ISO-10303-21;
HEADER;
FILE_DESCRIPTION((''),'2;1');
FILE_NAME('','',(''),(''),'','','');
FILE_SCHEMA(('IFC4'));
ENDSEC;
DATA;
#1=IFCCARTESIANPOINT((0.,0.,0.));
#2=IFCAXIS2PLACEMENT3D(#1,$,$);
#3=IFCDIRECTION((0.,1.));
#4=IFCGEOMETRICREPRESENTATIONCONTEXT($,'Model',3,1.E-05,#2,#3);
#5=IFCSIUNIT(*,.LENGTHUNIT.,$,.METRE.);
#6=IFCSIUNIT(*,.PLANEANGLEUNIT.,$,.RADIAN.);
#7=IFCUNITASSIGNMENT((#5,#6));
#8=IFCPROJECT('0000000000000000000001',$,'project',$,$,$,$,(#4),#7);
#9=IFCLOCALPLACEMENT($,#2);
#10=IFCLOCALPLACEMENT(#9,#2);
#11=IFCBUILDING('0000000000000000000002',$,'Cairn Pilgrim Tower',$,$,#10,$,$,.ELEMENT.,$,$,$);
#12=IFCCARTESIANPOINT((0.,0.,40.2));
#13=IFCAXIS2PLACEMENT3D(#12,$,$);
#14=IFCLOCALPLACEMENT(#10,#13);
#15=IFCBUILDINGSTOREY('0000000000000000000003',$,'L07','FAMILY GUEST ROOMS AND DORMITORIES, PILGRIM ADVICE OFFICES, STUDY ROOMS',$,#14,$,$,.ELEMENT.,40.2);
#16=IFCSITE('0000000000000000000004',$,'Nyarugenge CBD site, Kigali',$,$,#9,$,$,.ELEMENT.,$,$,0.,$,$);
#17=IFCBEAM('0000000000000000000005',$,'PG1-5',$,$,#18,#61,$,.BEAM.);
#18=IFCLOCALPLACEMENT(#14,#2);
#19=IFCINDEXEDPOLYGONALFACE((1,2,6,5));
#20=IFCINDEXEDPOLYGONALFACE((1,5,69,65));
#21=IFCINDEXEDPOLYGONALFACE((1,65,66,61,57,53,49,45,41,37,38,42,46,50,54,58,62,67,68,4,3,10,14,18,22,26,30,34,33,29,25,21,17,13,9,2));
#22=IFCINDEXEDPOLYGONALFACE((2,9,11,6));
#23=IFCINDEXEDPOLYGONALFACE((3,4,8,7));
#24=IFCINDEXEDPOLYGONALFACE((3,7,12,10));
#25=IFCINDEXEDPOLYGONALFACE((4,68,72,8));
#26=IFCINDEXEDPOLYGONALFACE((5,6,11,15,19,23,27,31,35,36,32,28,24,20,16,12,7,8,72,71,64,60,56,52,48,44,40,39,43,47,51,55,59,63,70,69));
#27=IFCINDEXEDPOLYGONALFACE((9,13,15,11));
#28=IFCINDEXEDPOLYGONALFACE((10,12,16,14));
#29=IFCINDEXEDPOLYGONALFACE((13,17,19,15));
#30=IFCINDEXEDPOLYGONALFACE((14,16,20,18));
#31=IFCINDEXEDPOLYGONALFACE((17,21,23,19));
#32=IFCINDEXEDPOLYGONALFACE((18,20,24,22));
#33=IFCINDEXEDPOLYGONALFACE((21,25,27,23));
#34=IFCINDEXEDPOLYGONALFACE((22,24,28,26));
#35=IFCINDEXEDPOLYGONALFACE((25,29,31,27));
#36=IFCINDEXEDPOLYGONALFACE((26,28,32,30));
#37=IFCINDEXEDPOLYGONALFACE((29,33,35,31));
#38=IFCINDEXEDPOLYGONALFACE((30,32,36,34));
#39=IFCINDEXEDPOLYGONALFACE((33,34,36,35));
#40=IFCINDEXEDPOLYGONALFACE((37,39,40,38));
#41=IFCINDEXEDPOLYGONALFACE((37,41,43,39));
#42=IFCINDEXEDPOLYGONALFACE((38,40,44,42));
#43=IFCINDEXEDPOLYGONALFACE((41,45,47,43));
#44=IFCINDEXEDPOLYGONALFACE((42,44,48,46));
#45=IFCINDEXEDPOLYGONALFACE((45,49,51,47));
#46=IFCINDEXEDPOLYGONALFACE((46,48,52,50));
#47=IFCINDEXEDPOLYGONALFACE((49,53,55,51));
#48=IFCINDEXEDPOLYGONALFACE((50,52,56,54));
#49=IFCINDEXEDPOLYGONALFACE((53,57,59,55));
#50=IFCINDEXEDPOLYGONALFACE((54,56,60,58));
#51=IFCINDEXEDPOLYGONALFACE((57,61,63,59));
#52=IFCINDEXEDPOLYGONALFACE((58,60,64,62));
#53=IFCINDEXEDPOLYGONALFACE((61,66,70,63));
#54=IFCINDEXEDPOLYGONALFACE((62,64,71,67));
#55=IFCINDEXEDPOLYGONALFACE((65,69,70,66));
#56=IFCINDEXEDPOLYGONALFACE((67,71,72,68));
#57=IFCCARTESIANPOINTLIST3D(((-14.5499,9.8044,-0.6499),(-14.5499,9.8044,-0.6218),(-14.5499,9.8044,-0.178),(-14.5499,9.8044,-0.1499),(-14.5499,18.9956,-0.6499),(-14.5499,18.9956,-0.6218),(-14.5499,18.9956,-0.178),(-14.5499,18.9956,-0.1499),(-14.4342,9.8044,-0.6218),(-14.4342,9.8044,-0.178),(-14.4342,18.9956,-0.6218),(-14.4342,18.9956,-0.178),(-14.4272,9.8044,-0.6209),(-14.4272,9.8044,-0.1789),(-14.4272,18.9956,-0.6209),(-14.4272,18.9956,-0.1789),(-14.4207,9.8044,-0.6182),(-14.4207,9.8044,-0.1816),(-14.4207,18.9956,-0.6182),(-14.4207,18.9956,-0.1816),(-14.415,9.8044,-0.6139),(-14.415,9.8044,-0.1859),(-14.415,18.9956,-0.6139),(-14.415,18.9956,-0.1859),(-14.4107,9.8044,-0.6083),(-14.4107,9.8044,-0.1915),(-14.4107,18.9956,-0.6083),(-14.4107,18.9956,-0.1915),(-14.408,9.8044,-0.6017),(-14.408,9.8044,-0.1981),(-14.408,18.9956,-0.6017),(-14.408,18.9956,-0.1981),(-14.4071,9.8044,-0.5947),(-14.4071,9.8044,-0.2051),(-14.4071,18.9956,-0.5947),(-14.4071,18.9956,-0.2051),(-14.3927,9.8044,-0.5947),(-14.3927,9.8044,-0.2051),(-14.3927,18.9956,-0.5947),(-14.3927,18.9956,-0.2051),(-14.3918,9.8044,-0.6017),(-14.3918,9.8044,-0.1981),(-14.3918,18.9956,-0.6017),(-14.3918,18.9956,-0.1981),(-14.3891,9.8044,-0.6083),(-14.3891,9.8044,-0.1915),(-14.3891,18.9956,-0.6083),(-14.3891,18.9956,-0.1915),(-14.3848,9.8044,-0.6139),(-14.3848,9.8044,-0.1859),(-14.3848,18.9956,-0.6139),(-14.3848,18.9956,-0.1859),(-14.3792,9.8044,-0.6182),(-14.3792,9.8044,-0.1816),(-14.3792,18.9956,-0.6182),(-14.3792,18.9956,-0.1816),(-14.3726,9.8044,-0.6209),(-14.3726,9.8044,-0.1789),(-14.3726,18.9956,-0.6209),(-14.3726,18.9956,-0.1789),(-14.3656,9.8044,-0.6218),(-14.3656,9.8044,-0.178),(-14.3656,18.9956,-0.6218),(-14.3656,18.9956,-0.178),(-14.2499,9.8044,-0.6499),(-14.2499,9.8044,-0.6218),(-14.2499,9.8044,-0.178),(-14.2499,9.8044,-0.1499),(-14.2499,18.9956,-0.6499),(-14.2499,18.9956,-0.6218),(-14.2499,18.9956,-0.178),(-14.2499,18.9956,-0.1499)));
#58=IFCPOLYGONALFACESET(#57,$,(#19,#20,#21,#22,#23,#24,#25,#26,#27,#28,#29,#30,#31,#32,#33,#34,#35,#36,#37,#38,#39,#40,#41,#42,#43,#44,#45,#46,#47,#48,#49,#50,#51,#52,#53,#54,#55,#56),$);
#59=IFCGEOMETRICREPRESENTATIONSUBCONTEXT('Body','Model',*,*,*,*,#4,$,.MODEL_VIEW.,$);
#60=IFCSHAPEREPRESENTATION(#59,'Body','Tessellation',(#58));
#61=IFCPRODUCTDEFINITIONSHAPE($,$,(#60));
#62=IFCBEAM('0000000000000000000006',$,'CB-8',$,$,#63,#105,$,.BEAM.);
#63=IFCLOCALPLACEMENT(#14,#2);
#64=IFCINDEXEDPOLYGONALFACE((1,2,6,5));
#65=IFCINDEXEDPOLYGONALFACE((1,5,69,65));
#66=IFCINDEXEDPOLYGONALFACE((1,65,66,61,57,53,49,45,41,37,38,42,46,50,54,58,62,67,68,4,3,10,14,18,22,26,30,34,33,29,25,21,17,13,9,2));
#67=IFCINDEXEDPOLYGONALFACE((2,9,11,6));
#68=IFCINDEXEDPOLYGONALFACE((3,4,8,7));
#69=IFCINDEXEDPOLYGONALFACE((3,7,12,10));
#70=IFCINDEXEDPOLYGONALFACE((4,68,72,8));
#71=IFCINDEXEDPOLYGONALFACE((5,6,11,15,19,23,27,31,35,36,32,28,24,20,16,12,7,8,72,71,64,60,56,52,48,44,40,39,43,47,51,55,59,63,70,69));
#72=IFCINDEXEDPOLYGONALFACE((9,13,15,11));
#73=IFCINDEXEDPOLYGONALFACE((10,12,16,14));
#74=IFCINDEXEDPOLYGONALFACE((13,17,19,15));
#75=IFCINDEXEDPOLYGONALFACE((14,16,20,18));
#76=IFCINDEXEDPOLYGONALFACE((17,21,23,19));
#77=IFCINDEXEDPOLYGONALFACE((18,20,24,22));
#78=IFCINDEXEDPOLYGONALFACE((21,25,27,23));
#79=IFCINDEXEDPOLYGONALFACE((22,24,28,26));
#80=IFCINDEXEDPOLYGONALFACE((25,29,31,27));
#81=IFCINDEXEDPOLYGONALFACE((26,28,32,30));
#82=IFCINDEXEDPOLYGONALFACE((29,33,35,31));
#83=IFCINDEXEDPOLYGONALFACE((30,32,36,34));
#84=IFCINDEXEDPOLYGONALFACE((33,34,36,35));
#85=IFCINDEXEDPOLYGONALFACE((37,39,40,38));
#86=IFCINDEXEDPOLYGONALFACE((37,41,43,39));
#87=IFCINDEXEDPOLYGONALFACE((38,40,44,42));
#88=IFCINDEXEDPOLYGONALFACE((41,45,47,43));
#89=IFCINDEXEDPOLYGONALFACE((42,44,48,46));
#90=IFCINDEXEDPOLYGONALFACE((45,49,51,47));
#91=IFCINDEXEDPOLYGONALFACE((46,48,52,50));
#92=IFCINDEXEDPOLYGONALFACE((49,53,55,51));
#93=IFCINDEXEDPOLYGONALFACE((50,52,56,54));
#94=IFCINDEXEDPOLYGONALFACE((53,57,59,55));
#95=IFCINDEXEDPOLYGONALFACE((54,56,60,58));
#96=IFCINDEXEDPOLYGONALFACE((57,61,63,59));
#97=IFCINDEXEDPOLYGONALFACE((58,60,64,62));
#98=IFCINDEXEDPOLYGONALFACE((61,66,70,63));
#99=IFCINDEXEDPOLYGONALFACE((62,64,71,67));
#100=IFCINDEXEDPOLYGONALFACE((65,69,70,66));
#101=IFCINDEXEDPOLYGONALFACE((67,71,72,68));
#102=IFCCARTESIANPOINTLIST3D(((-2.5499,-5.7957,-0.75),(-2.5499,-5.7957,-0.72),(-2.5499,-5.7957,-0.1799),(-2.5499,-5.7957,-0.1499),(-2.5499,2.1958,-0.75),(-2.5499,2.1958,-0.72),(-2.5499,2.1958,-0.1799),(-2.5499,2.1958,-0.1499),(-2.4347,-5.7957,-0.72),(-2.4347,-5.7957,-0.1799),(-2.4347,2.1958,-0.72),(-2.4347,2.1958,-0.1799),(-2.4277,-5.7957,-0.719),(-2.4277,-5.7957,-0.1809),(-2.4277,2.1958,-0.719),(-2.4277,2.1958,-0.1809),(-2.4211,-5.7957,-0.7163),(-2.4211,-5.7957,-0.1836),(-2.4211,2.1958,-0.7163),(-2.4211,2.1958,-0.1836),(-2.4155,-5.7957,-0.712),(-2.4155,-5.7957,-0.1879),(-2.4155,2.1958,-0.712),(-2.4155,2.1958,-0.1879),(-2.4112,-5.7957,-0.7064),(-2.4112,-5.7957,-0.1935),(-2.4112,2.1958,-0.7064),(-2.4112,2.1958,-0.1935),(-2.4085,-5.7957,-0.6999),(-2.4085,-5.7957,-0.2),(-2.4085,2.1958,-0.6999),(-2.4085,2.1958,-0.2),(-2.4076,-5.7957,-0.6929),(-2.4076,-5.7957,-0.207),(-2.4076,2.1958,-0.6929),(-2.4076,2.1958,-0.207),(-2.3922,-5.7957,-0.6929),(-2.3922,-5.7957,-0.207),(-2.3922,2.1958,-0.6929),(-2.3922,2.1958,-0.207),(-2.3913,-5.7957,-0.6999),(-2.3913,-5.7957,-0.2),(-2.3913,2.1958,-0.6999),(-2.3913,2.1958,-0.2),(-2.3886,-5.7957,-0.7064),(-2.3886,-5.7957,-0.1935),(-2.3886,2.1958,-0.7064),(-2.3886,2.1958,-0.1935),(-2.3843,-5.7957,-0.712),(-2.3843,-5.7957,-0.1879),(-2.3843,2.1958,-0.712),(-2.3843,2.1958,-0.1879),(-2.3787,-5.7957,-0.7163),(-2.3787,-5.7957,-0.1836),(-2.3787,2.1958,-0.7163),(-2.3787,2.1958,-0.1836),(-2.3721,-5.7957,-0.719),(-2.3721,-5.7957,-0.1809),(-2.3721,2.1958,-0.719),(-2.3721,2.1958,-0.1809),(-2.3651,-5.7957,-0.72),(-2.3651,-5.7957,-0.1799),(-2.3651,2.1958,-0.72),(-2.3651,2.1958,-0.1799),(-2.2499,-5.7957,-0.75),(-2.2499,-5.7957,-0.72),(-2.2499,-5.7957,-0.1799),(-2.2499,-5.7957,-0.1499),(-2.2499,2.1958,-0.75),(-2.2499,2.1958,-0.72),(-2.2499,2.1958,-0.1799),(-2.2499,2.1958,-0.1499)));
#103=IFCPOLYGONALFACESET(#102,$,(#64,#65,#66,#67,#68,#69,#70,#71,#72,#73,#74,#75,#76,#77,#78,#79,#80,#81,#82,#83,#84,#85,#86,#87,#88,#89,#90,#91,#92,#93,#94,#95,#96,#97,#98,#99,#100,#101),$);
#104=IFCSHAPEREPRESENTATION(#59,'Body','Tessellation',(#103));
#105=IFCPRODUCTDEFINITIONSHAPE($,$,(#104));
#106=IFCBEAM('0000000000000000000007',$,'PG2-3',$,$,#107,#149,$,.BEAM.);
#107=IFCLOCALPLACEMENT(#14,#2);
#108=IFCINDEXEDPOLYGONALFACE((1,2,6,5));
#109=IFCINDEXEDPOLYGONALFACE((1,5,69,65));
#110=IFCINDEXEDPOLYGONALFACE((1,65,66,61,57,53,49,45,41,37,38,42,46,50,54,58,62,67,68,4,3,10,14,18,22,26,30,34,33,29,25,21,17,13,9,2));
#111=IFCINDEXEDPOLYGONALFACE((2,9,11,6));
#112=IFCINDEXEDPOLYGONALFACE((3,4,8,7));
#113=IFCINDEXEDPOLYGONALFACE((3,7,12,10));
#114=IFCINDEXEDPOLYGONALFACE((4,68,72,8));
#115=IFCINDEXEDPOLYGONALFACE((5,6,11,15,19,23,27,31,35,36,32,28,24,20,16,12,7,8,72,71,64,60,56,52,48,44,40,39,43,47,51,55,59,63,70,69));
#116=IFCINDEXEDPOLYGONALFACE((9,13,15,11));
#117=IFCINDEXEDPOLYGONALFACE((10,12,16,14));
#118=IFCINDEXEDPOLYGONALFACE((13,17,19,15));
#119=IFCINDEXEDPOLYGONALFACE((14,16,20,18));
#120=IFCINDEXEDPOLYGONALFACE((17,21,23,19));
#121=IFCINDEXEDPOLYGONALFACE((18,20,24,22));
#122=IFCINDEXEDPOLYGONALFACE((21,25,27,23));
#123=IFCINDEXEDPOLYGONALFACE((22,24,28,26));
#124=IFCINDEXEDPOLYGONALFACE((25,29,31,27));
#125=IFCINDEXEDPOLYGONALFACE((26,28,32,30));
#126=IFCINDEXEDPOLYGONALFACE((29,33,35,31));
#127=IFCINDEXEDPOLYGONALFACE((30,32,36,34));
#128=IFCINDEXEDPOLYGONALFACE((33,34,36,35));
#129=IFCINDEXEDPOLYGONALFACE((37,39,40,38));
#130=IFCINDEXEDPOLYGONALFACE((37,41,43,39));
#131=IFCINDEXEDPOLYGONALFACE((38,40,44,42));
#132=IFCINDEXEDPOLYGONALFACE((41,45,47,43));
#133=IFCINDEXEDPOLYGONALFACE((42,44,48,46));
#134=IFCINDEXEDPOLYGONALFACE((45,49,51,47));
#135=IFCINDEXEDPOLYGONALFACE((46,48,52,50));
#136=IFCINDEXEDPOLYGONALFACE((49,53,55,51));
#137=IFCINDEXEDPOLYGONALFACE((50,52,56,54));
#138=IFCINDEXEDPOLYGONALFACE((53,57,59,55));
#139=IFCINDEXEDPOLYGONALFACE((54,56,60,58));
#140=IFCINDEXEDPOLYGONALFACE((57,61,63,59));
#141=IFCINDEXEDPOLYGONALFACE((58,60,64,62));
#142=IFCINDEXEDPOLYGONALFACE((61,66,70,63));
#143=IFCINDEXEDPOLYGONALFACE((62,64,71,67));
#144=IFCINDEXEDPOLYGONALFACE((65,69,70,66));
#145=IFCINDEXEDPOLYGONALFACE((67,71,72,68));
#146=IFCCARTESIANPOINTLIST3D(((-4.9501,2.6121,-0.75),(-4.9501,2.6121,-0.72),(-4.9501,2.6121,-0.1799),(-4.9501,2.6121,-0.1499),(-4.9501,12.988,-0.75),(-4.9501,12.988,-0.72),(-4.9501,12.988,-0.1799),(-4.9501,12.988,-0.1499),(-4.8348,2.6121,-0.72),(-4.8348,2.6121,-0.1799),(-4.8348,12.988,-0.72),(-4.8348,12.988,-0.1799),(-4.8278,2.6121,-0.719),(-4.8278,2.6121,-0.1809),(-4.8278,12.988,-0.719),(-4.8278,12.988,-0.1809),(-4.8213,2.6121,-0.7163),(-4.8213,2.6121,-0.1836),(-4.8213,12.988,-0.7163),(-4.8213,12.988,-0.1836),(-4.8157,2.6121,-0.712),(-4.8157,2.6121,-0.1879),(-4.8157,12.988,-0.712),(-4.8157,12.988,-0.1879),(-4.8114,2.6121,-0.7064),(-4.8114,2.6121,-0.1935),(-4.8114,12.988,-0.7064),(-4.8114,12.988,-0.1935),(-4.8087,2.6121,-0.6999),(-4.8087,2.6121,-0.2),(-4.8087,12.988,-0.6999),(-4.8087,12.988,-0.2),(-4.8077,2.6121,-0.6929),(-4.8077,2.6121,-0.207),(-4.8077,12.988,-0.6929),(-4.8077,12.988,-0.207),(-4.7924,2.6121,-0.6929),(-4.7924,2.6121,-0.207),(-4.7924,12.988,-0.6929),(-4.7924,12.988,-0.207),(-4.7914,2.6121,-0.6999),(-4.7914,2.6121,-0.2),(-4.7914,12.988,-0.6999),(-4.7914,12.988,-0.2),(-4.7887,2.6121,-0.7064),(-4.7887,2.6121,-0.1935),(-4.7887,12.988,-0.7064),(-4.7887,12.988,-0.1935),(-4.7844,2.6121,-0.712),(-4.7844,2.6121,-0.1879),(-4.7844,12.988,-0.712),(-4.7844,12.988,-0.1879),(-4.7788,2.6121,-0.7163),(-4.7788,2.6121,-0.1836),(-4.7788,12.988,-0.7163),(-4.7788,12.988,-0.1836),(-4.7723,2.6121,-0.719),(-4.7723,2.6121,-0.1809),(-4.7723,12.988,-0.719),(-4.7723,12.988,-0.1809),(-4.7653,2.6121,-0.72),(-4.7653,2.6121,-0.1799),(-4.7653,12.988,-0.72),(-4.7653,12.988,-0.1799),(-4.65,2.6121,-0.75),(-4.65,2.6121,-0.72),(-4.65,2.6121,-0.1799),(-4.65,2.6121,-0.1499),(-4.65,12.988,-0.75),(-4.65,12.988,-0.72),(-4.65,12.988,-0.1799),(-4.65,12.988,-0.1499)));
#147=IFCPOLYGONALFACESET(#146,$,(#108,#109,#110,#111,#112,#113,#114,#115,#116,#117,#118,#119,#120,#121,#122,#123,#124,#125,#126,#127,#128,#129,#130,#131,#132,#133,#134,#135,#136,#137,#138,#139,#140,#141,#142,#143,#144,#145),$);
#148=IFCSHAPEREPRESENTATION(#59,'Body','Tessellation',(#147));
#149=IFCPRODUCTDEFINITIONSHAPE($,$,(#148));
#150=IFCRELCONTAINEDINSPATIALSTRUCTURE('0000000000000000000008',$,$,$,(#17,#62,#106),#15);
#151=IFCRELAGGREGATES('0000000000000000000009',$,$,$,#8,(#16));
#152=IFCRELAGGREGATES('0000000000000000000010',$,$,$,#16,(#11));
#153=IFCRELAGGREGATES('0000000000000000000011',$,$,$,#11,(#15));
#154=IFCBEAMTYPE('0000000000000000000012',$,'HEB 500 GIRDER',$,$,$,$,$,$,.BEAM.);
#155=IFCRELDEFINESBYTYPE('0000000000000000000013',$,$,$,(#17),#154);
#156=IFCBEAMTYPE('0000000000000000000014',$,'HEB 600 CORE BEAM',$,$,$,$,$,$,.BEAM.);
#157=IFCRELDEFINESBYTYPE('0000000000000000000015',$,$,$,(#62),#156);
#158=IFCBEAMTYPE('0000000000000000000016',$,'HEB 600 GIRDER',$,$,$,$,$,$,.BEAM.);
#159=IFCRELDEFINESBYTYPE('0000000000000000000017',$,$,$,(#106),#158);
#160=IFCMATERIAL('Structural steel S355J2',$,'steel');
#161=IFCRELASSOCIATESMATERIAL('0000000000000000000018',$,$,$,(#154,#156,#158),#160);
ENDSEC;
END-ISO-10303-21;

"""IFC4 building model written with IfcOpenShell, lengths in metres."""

from ifc_helpers import new_model, si_unit, direction, frame, origin, origin_2d, place, context, subcontext, project, spatial, i_section, extrude, material, material_profile, profile_set, type_object, element, save


model = new_model("IFC4")

# Units and contexts
model_context = context("Model", 3, precision=1e-05, world=origin(), true_north=direction((0.0, 1.0)))
body_context = subcontext(model_context, "Body", "Model", "MODEL_VIEW")
ifc_project = project(units=[si_unit("LENGTHUNIT", "METRE"), si_unit("PLANEANGLEUNIT", "RADIAN")], contexts=[model_context])

# Site, building, storey
site_placement = place(None, origin())
site = spatial("IfcSite", under=ifc_project, at=site_placement, Name="Nyarugenge CBD site, Kigali", CompositionType="ELEMENT", RefElevation=0.0)
building_placement = place(site_placement, origin())
building = spatial("IfcBuilding", under=site, at=building_placement, Name="Cairn Pilgrim Tower", CompositionType="ELEMENT")
storey_placement = place(building_placement, frame((0.0, 0.0, 40.2)))
storey = spatial("IfcBuildingStorey", under=building, at=storey_placement, Name="L07", Description="FAMILY GUEST ROOMS AND DORMITORIES, PILGRIM ADVICE OFFICES, STUDY ROOMS", CompositionType="ELEMENT", Elevation=40.2)

# Beams
ifc_material_1 = material(Name="Structural steel S355J2", Category="steel")
ifc_material_profile_1 = material_profile(ifc_material_1, i_section(OverallWidth=0.3, OverallDepth=0.5, WebThickness=0.0144, FlangeThickness=0.0281, FilletRadius=0.0271, at=origin_2d()), Name="HEB 500")
ifc_profile_set_1 = profile_set([ifc_material_profile_1], Name="Structural steel S355J2")
beam_type_1 = type_object("IfcBeamType", Name="HEB 500 GIRDER", PredefinedType="BEAM", material=ifc_profile_set_1)
beam_1_placement = place(storey_placement, frame((-14.3999, 9.8044, -0.3999), z_axis=(0.0, 1.0, 0.0), x_axis=(-1.0, 0.0, 0.0)))
element("IfcBeam", 1, at=beam_1_placement, inside=storey, type_object=beam_type_1, Name="PG1-5", PredefinedType="BEAM", context=body_context, shape_type="SweptSolid", body=[
    extrude(i_section(OverallWidth=0.3, OverallDepth=0.5, WebThickness=0.0144, FlangeThickness=0.0281, FilletRadius=0.0271, at=origin_2d()), origin(), (0.0, 0.0, 1.0), 9.1912),
])
ifc_material_profile_2 = material_profile(ifc_material_1, i_section(OverallWidth=0.3, OverallDepth=0.6001, WebThickness=0.0154, FlangeThickness=0.03, FilletRadius=0.0271, at=origin_2d()), Name="HEB 600")
ifc_profile_set_2 = profile_set([ifc_material_profile_2], Name="Structural steel S355J2")
beam_type_2 = type_object("IfcBeamType", Name="HEB 600 CORE BEAM", PredefinedType="BEAM", material=ifc_profile_set_2)
beam_2_placement = place(storey_placement, frame((-2.3999, 2.1958, -0.45), z_axis=(0.0, -1.0, 0.0), x_axis=(1.0, 0.0, 0.0)))
element("IfcBeam", 2, at=beam_2_placement, inside=storey, type_object=beam_type_2, Name="CB-8", PredefinedType="BEAM", context=body_context, shape_type="SweptSolid", body=[
    extrude(i_section(OverallWidth=0.3, OverallDepth=0.6001, WebThickness=0.0154, FlangeThickness=0.03, FilletRadius=0.0271, at=origin_2d()), origin(), (0.0, 0.0, 1.0), 7.9915),
])
ifc_material_profile_3 = material_profile(ifc_material_1, i_section(OverallWidth=0.3, OverallDepth=0.6001, WebThickness=0.0154, FlangeThickness=0.03, FilletRadius=0.0271, at=origin_2d()), Name="HEB 600")
ifc_profile_set_3 = profile_set([ifc_material_profile_3], Name="Structural steel S355J2")
beam_type_3 = type_object("IfcBeamType", Name="HEB 600 GIRDER", PredefinedType="BEAM", material=ifc_profile_set_3)
beam_3_placement = place(storey_placement, frame((-4.8, 2.6121, -0.45), z_axis=(0.0, 1.0, 0.0), x_axis=(-1.0, 0.0, 0.0)))
element("IfcBeam", 3, at=beam_3_placement, inside=storey, type_object=beam_type_3, Name="PG2-3", PredefinedType="BEAM", context=body_context, shape_type="SweptSolid", body=[
    extrude(i_section(OverallWidth=0.3, OverallDepth=0.6001, WebThickness=0.0154, FlangeThickness=0.03, FilletRadius=0.0271, at=origin_2d()), origin(), (0.0, 0.0, 1.0), 10.376),
])

save(model, "model.ifc")
